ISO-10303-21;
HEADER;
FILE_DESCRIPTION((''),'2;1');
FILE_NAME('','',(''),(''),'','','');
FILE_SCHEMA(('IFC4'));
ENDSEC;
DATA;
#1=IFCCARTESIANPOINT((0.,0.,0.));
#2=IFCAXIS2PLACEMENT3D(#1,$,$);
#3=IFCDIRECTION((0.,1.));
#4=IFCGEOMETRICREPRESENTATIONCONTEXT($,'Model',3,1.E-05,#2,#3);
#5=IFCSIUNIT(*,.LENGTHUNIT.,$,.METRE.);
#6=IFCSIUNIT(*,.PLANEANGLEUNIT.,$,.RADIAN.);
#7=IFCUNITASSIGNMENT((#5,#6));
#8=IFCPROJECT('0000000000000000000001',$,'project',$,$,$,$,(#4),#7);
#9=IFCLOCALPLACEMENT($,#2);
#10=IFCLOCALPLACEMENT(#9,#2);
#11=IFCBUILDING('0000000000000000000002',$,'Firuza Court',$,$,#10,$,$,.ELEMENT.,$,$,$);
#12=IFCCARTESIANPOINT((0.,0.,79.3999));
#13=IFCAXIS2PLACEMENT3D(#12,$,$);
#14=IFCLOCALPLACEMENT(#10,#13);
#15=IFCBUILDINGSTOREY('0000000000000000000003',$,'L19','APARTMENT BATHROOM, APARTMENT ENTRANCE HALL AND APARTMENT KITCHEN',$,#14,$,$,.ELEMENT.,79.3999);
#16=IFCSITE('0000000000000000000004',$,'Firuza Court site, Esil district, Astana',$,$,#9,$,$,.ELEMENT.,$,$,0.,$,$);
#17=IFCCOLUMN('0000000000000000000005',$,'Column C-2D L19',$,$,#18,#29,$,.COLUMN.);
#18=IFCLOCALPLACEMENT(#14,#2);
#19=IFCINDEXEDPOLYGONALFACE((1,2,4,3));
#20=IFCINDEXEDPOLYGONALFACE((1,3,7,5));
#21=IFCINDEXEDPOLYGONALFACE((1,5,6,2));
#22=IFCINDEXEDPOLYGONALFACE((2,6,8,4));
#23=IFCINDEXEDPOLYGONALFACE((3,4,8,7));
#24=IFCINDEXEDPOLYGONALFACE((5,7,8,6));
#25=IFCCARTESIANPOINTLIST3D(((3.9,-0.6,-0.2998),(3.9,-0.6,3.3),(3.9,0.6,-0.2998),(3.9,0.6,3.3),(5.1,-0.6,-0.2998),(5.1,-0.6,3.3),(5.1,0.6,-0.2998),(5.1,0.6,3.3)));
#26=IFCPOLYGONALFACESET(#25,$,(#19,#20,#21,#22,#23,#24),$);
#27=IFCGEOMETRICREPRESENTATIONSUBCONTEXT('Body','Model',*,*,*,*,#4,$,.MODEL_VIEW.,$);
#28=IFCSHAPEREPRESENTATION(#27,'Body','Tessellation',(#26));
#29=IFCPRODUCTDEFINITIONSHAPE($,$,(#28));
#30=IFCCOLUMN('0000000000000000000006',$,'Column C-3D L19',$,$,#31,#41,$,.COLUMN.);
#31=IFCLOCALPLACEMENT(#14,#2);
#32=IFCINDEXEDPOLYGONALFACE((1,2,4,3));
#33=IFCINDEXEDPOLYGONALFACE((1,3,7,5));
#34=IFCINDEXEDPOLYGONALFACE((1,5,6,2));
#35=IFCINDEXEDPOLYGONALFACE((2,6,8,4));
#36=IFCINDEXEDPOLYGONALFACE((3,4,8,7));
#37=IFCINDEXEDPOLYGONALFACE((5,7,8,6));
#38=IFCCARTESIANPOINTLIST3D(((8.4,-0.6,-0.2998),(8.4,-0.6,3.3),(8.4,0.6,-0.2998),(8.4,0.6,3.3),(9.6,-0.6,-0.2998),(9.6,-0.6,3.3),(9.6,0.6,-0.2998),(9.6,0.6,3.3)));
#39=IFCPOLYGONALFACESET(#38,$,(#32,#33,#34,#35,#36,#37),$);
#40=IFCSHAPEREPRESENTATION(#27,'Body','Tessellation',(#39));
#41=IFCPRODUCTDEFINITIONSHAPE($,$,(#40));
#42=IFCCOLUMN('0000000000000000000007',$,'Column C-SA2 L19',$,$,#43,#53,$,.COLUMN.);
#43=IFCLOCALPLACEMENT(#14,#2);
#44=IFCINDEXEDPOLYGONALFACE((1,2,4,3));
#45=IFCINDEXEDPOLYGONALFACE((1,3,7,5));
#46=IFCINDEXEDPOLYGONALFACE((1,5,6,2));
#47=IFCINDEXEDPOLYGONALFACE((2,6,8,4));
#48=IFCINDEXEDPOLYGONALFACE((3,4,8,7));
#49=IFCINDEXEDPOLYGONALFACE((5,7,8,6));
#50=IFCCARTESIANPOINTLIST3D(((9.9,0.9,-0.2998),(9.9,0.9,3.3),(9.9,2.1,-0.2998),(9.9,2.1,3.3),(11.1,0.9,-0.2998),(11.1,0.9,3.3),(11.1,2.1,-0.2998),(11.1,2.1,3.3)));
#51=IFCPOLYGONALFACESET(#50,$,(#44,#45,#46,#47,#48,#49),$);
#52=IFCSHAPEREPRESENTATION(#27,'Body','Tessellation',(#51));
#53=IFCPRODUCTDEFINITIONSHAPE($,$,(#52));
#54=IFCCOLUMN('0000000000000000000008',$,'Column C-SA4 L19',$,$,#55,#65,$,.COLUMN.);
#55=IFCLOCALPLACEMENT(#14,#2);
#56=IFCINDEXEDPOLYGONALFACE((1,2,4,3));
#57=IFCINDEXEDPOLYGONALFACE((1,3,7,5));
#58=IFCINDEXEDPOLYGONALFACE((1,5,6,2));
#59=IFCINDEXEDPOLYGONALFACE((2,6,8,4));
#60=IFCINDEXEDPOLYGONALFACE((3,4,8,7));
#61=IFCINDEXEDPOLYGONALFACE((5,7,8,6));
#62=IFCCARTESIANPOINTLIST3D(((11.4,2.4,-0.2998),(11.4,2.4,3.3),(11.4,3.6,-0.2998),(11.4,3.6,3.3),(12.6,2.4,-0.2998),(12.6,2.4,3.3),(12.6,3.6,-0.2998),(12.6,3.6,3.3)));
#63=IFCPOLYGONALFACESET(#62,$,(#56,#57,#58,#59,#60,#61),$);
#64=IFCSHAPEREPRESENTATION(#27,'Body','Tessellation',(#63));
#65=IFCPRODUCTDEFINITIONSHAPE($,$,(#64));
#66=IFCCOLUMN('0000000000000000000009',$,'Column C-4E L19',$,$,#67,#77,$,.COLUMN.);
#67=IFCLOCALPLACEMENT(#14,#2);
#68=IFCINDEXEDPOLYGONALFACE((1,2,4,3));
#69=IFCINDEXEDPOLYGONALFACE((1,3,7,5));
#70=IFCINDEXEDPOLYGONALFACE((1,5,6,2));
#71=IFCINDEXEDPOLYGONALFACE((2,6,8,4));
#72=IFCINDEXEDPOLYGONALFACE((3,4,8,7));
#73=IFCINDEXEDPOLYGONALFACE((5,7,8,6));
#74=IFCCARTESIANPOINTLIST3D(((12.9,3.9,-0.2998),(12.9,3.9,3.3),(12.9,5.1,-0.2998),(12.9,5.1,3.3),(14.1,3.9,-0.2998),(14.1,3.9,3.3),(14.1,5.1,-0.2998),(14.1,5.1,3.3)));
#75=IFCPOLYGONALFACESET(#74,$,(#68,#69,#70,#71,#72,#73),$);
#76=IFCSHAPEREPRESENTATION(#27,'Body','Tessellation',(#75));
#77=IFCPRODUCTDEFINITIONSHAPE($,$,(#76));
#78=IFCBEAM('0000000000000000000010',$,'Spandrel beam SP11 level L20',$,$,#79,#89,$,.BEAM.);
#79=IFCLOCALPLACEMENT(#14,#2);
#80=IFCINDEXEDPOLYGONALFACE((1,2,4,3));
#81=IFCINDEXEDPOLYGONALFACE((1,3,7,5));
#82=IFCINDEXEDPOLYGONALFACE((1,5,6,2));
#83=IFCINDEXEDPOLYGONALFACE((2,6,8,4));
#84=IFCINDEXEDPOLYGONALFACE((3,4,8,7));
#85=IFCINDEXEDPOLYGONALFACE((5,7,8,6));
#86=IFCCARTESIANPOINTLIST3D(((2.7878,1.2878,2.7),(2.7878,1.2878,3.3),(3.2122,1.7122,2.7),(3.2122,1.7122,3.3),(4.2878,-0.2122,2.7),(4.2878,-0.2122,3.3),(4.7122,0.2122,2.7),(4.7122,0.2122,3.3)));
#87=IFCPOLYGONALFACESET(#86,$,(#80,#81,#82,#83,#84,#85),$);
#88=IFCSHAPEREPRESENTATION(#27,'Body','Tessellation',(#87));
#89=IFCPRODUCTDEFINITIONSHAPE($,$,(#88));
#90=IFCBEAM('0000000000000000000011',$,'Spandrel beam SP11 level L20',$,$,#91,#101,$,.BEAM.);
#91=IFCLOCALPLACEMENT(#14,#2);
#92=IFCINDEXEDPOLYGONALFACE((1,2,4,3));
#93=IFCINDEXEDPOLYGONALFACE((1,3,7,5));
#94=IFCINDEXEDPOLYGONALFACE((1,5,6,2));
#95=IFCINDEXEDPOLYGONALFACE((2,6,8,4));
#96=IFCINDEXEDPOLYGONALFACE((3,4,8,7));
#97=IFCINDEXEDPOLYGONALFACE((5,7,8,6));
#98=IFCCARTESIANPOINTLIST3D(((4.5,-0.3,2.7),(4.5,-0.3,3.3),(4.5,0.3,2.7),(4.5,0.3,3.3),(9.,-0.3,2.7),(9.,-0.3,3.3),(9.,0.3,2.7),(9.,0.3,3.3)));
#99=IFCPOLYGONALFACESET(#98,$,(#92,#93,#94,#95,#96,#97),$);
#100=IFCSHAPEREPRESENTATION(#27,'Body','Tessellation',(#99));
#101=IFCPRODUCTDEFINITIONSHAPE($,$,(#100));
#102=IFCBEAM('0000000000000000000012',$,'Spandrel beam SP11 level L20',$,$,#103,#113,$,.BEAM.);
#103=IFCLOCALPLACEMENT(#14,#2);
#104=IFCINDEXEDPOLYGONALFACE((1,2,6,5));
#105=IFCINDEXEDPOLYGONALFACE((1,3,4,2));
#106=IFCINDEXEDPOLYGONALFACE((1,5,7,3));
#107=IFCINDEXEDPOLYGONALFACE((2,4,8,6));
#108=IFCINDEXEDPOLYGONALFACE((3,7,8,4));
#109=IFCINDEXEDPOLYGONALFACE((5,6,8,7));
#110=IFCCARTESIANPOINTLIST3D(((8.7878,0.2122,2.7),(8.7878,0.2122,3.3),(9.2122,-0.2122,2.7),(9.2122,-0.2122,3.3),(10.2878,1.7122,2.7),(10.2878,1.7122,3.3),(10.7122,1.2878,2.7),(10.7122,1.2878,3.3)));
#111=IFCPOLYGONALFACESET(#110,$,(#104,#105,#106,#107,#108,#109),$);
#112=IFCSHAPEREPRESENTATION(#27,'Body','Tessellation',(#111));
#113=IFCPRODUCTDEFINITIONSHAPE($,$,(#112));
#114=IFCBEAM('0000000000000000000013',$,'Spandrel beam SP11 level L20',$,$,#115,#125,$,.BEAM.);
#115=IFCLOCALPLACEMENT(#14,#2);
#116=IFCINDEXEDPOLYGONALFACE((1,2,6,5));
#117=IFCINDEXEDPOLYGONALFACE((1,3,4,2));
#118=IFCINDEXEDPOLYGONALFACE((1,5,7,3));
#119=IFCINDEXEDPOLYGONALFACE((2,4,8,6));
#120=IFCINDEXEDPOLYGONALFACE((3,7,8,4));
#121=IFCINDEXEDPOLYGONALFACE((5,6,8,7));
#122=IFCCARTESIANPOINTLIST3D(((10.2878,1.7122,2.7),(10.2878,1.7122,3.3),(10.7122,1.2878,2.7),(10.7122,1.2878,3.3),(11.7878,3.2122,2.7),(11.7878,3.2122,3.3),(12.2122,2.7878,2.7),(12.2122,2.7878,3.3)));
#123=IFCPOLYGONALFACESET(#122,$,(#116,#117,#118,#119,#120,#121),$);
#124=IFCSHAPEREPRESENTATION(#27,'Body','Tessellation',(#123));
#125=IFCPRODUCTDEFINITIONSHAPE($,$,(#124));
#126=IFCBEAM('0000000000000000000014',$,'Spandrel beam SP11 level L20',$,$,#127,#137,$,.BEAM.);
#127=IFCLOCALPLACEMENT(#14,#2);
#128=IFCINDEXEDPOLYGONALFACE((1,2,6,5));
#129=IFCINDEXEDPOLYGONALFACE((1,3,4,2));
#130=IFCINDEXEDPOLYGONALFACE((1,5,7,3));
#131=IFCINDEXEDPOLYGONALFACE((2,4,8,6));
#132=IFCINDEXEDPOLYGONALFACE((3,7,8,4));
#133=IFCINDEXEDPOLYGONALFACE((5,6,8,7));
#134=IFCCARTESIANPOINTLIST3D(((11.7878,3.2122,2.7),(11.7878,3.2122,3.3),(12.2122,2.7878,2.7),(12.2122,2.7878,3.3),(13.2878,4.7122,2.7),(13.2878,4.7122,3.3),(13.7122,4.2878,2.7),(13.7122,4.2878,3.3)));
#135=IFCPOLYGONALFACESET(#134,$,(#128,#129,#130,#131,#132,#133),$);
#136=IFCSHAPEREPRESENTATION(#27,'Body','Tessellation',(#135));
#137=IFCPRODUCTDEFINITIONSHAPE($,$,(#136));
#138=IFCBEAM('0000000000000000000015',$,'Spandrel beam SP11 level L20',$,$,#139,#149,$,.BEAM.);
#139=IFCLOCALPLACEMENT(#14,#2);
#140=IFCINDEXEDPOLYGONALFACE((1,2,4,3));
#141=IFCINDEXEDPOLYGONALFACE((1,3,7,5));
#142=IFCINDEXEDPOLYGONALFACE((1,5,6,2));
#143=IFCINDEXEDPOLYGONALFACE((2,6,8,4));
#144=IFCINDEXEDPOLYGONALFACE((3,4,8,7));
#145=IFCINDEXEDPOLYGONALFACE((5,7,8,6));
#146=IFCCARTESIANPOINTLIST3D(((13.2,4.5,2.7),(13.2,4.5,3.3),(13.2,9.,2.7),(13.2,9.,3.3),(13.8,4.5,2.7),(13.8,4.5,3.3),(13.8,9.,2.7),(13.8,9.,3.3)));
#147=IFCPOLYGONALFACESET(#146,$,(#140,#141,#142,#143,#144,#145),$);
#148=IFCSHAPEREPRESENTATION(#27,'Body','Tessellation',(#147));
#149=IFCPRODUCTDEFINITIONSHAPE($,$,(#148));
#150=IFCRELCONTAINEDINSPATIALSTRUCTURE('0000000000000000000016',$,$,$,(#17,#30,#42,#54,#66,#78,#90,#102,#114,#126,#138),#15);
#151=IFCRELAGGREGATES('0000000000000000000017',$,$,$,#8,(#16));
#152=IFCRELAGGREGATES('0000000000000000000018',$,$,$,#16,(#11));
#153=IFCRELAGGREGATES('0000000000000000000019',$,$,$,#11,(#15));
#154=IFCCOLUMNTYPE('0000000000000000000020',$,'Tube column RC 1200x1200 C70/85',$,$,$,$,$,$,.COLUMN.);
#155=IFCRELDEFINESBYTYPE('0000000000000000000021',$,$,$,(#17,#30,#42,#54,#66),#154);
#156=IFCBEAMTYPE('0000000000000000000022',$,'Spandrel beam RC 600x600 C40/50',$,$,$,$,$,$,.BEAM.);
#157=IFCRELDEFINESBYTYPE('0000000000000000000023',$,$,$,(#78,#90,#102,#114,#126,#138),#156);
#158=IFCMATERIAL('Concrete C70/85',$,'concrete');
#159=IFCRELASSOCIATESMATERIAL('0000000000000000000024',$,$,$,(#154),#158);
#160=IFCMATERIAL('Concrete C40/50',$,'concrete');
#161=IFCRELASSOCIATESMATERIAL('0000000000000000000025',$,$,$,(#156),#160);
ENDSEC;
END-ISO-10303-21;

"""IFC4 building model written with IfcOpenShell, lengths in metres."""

from ifc_helpers import new_model, si_unit, direction, frame, origin, origin_2d, place, context, subcontext, project, spatial, rectangle, extrude, material, material_profile, profile_set, type_object, element, save


model = new_model("IFC4")

# Units and contexts
model_context = context("Model", 3, precision=1e-05, world=origin(), true_north=direction((0.0, 1.0)))
body_context = subcontext(model_context, "Body", "Model", "MODEL_VIEW")
ifc_project = project(units=[si_unit("LENGTHUNIT", "METRE"), si_unit("PLANEANGLEUNIT", "RADIAN")], contexts=[model_context])

# Site, building, storey
site_placement = place(None, origin())
site = spatial("IfcSite", under=ifc_project, at=site_placement, Name="Firuza Court site, Esil district, Astana", CompositionType="ELEMENT", RefElevation=0.0)
building_placement = place(site_placement, origin())
building = spatial("IfcBuilding", under=site, at=building_placement, Name="Firuza Court", CompositionType="ELEMENT")
storey_placement = place(building_placement, frame((0.0, 0.0, 79.3999)))
storey = spatial("IfcBuildingStorey", under=building, at=storey_placement, Name="L19", Description="APARTMENT BATHROOM, APARTMENT ENTRANCE HALL AND APARTMENT KITCHEN", CompositionType="ELEMENT", Elevation=79.3999)

# Columns
ifc_material_1 = material(Name="Concrete C70/85", Category="concrete")
ifc_material_profile_1 = material_profile(ifc_material_1, rectangle(XDim=1.2, YDim=1.2, at=origin_2d()), Name="RC 1200x1200")
ifc_profile_set_1 = profile_set([ifc_material_profile_1], Name="Concrete C70/85")
column_type = type_object("IfcColumnType", Name="Tube column RC 1200x1200 C70/85", PredefinedType="COLUMN", material=ifc_profile_set_1)
for number, where, z_axis, x_axis, name in (
    (1, (4.5, 0.0, -0.2998), (0.0, 0.0, 1.0), (1.0, 0.0, 0.0), "Column C-2D L19"),
    (2, (9.0, 0.0, -0.2998), (0.0, 0.0, 1.0), (1.0, 0.0, 0.0), "Column C-3D L19"),
    (3, (10.5, 1.5, -0.2998), (0.0, 0.0, 1.0), (1.0, 0.0, 0.0), "Column C-SA2 L19"),
    (4, (12.0, 3.0, -0.2998), (0.0, 0.0, 1.0), (1.0, 0.0, 0.0), "Column C-SA4 L19"),
    (5, (13.5, 4.5, -0.2998), (0.0, 0.0, 1.0), (1.0, 0.0, 0.0), "Column C-4E L19"),
):
    element("IfcColumn", number, at=place(storey_placement, frame(where, z_axis=z_axis, x_axis=x_axis)), inside=storey, type_object=column_type, Name=name, PredefinedType="COLUMN", context=body_context, shape_type="SweptSolid", body=[
        extrude(rectangle(XDim=1.2, YDim=1.2, at=origin_2d()), origin(), (0.0, 0.0, 1.0), 3.5999),
    ])

# Beams
ifc_material_2 = material(Name="Concrete C40/50", Category="concrete")
ifc_material_profile_2 = material_profile(ifc_material_2, rectangle(XDim=0.6001, YDim=0.6001, at=origin_2d()), Name="RC 600x600")
ifc_profile_set_2 = profile_set([ifc_material_profile_2], Name="Concrete C40/50")
beam_type = type_object("IfcBeamType", Name="Spandrel beam RC 600x600 C40/50", PredefinedType="BEAM", material=ifc_profile_set_2)
beam_1_placement = place(storey_placement, frame((3.0, 1.5, 3.0), z_axis=(0.707107, -0.707107, 0.0), x_axis=(0.707107, 0.707107, 0.0)))
element("IfcBeam", 6, at=beam_1_placement, inside=storey, type_object=beam_type, Name="Spandrel beam SP11 level L20", PredefinedType="BEAM", context=body_context, shape_type="SweptSolid", body=[
    extrude(rectangle(XDim=0.6001, YDim=0.6001, at=origin_2d()), origin(), (0.0, 0.0, 1.0), 2.1213),
])
beam_2_placement = place(storey_placement, frame((4.5, 0.0, 3.0), z_axis=(1.0, 0.0, 0.0), x_axis=(0.0, 1.0, 0.0)))
element("IfcBeam", 7, at=beam_2_placement, inside=storey, type_object=beam_type, Name="Spandrel beam SP11 level L20", PredefinedType="BEAM", context=body_context, shape_type="SweptSolid", body=[
    extrude(rectangle(XDim=0.6001, YDim=0.6001, at=origin_2d()), origin(), (0.0, 0.0, 1.0), 4.5),
])
for number, where, z_axis, x_axis, name in (
    (8, (9.0, 0.0, 3.0), (0.707107, 0.707107, 0.0), (-0.707107, 0.707107, 0.0), "Spandrel beam SP11 level L20"),
    (9, (10.5, 1.5, 3.0), (0.707107, 0.707107, 0.0), (-0.707107, 0.707107, 0.0), "Spandrel beam SP11 level L20"),
    (10, (12.0, 3.0, 3.0), (0.707107, 0.707107, 0.0), (-0.707107, 0.707107, 0.0), "Spandrel beam SP11 level L20"),
):
    element("IfcBeam", number, at=place(storey_placement, frame(where, z_axis=z_axis, x_axis=x_axis)), inside=storey, type_object=beam_type, Name=name, PredefinedType="BEAM", context=body_context, shape_type="SweptSolid", body=[
        extrude(rectangle(XDim=0.6001, YDim=0.6001, at=origin_2d()), origin(), (0.0, 0.0, 1.0), 2.1213),
    ])
beam_3_placement = place(storey_placement, frame((13.5, 4.5, 3.0), z_axis=(0.0, 1.0, 0.0), x_axis=(-1.0, 0.0, 0.0)))
element("IfcBeam", 11, at=beam_3_placement, inside=storey, type_object=beam_type, Name="Spandrel beam SP11 level L20", PredefinedType="BEAM", context=body_context, shape_type="SweptSolid", body=[
    extrude(rectangle(XDim=0.6001, YDim=0.6001, at=origin_2d()), origin(), (0.0, 0.0, 1.0), 4.5),
])

save(model, "model.ifc")
